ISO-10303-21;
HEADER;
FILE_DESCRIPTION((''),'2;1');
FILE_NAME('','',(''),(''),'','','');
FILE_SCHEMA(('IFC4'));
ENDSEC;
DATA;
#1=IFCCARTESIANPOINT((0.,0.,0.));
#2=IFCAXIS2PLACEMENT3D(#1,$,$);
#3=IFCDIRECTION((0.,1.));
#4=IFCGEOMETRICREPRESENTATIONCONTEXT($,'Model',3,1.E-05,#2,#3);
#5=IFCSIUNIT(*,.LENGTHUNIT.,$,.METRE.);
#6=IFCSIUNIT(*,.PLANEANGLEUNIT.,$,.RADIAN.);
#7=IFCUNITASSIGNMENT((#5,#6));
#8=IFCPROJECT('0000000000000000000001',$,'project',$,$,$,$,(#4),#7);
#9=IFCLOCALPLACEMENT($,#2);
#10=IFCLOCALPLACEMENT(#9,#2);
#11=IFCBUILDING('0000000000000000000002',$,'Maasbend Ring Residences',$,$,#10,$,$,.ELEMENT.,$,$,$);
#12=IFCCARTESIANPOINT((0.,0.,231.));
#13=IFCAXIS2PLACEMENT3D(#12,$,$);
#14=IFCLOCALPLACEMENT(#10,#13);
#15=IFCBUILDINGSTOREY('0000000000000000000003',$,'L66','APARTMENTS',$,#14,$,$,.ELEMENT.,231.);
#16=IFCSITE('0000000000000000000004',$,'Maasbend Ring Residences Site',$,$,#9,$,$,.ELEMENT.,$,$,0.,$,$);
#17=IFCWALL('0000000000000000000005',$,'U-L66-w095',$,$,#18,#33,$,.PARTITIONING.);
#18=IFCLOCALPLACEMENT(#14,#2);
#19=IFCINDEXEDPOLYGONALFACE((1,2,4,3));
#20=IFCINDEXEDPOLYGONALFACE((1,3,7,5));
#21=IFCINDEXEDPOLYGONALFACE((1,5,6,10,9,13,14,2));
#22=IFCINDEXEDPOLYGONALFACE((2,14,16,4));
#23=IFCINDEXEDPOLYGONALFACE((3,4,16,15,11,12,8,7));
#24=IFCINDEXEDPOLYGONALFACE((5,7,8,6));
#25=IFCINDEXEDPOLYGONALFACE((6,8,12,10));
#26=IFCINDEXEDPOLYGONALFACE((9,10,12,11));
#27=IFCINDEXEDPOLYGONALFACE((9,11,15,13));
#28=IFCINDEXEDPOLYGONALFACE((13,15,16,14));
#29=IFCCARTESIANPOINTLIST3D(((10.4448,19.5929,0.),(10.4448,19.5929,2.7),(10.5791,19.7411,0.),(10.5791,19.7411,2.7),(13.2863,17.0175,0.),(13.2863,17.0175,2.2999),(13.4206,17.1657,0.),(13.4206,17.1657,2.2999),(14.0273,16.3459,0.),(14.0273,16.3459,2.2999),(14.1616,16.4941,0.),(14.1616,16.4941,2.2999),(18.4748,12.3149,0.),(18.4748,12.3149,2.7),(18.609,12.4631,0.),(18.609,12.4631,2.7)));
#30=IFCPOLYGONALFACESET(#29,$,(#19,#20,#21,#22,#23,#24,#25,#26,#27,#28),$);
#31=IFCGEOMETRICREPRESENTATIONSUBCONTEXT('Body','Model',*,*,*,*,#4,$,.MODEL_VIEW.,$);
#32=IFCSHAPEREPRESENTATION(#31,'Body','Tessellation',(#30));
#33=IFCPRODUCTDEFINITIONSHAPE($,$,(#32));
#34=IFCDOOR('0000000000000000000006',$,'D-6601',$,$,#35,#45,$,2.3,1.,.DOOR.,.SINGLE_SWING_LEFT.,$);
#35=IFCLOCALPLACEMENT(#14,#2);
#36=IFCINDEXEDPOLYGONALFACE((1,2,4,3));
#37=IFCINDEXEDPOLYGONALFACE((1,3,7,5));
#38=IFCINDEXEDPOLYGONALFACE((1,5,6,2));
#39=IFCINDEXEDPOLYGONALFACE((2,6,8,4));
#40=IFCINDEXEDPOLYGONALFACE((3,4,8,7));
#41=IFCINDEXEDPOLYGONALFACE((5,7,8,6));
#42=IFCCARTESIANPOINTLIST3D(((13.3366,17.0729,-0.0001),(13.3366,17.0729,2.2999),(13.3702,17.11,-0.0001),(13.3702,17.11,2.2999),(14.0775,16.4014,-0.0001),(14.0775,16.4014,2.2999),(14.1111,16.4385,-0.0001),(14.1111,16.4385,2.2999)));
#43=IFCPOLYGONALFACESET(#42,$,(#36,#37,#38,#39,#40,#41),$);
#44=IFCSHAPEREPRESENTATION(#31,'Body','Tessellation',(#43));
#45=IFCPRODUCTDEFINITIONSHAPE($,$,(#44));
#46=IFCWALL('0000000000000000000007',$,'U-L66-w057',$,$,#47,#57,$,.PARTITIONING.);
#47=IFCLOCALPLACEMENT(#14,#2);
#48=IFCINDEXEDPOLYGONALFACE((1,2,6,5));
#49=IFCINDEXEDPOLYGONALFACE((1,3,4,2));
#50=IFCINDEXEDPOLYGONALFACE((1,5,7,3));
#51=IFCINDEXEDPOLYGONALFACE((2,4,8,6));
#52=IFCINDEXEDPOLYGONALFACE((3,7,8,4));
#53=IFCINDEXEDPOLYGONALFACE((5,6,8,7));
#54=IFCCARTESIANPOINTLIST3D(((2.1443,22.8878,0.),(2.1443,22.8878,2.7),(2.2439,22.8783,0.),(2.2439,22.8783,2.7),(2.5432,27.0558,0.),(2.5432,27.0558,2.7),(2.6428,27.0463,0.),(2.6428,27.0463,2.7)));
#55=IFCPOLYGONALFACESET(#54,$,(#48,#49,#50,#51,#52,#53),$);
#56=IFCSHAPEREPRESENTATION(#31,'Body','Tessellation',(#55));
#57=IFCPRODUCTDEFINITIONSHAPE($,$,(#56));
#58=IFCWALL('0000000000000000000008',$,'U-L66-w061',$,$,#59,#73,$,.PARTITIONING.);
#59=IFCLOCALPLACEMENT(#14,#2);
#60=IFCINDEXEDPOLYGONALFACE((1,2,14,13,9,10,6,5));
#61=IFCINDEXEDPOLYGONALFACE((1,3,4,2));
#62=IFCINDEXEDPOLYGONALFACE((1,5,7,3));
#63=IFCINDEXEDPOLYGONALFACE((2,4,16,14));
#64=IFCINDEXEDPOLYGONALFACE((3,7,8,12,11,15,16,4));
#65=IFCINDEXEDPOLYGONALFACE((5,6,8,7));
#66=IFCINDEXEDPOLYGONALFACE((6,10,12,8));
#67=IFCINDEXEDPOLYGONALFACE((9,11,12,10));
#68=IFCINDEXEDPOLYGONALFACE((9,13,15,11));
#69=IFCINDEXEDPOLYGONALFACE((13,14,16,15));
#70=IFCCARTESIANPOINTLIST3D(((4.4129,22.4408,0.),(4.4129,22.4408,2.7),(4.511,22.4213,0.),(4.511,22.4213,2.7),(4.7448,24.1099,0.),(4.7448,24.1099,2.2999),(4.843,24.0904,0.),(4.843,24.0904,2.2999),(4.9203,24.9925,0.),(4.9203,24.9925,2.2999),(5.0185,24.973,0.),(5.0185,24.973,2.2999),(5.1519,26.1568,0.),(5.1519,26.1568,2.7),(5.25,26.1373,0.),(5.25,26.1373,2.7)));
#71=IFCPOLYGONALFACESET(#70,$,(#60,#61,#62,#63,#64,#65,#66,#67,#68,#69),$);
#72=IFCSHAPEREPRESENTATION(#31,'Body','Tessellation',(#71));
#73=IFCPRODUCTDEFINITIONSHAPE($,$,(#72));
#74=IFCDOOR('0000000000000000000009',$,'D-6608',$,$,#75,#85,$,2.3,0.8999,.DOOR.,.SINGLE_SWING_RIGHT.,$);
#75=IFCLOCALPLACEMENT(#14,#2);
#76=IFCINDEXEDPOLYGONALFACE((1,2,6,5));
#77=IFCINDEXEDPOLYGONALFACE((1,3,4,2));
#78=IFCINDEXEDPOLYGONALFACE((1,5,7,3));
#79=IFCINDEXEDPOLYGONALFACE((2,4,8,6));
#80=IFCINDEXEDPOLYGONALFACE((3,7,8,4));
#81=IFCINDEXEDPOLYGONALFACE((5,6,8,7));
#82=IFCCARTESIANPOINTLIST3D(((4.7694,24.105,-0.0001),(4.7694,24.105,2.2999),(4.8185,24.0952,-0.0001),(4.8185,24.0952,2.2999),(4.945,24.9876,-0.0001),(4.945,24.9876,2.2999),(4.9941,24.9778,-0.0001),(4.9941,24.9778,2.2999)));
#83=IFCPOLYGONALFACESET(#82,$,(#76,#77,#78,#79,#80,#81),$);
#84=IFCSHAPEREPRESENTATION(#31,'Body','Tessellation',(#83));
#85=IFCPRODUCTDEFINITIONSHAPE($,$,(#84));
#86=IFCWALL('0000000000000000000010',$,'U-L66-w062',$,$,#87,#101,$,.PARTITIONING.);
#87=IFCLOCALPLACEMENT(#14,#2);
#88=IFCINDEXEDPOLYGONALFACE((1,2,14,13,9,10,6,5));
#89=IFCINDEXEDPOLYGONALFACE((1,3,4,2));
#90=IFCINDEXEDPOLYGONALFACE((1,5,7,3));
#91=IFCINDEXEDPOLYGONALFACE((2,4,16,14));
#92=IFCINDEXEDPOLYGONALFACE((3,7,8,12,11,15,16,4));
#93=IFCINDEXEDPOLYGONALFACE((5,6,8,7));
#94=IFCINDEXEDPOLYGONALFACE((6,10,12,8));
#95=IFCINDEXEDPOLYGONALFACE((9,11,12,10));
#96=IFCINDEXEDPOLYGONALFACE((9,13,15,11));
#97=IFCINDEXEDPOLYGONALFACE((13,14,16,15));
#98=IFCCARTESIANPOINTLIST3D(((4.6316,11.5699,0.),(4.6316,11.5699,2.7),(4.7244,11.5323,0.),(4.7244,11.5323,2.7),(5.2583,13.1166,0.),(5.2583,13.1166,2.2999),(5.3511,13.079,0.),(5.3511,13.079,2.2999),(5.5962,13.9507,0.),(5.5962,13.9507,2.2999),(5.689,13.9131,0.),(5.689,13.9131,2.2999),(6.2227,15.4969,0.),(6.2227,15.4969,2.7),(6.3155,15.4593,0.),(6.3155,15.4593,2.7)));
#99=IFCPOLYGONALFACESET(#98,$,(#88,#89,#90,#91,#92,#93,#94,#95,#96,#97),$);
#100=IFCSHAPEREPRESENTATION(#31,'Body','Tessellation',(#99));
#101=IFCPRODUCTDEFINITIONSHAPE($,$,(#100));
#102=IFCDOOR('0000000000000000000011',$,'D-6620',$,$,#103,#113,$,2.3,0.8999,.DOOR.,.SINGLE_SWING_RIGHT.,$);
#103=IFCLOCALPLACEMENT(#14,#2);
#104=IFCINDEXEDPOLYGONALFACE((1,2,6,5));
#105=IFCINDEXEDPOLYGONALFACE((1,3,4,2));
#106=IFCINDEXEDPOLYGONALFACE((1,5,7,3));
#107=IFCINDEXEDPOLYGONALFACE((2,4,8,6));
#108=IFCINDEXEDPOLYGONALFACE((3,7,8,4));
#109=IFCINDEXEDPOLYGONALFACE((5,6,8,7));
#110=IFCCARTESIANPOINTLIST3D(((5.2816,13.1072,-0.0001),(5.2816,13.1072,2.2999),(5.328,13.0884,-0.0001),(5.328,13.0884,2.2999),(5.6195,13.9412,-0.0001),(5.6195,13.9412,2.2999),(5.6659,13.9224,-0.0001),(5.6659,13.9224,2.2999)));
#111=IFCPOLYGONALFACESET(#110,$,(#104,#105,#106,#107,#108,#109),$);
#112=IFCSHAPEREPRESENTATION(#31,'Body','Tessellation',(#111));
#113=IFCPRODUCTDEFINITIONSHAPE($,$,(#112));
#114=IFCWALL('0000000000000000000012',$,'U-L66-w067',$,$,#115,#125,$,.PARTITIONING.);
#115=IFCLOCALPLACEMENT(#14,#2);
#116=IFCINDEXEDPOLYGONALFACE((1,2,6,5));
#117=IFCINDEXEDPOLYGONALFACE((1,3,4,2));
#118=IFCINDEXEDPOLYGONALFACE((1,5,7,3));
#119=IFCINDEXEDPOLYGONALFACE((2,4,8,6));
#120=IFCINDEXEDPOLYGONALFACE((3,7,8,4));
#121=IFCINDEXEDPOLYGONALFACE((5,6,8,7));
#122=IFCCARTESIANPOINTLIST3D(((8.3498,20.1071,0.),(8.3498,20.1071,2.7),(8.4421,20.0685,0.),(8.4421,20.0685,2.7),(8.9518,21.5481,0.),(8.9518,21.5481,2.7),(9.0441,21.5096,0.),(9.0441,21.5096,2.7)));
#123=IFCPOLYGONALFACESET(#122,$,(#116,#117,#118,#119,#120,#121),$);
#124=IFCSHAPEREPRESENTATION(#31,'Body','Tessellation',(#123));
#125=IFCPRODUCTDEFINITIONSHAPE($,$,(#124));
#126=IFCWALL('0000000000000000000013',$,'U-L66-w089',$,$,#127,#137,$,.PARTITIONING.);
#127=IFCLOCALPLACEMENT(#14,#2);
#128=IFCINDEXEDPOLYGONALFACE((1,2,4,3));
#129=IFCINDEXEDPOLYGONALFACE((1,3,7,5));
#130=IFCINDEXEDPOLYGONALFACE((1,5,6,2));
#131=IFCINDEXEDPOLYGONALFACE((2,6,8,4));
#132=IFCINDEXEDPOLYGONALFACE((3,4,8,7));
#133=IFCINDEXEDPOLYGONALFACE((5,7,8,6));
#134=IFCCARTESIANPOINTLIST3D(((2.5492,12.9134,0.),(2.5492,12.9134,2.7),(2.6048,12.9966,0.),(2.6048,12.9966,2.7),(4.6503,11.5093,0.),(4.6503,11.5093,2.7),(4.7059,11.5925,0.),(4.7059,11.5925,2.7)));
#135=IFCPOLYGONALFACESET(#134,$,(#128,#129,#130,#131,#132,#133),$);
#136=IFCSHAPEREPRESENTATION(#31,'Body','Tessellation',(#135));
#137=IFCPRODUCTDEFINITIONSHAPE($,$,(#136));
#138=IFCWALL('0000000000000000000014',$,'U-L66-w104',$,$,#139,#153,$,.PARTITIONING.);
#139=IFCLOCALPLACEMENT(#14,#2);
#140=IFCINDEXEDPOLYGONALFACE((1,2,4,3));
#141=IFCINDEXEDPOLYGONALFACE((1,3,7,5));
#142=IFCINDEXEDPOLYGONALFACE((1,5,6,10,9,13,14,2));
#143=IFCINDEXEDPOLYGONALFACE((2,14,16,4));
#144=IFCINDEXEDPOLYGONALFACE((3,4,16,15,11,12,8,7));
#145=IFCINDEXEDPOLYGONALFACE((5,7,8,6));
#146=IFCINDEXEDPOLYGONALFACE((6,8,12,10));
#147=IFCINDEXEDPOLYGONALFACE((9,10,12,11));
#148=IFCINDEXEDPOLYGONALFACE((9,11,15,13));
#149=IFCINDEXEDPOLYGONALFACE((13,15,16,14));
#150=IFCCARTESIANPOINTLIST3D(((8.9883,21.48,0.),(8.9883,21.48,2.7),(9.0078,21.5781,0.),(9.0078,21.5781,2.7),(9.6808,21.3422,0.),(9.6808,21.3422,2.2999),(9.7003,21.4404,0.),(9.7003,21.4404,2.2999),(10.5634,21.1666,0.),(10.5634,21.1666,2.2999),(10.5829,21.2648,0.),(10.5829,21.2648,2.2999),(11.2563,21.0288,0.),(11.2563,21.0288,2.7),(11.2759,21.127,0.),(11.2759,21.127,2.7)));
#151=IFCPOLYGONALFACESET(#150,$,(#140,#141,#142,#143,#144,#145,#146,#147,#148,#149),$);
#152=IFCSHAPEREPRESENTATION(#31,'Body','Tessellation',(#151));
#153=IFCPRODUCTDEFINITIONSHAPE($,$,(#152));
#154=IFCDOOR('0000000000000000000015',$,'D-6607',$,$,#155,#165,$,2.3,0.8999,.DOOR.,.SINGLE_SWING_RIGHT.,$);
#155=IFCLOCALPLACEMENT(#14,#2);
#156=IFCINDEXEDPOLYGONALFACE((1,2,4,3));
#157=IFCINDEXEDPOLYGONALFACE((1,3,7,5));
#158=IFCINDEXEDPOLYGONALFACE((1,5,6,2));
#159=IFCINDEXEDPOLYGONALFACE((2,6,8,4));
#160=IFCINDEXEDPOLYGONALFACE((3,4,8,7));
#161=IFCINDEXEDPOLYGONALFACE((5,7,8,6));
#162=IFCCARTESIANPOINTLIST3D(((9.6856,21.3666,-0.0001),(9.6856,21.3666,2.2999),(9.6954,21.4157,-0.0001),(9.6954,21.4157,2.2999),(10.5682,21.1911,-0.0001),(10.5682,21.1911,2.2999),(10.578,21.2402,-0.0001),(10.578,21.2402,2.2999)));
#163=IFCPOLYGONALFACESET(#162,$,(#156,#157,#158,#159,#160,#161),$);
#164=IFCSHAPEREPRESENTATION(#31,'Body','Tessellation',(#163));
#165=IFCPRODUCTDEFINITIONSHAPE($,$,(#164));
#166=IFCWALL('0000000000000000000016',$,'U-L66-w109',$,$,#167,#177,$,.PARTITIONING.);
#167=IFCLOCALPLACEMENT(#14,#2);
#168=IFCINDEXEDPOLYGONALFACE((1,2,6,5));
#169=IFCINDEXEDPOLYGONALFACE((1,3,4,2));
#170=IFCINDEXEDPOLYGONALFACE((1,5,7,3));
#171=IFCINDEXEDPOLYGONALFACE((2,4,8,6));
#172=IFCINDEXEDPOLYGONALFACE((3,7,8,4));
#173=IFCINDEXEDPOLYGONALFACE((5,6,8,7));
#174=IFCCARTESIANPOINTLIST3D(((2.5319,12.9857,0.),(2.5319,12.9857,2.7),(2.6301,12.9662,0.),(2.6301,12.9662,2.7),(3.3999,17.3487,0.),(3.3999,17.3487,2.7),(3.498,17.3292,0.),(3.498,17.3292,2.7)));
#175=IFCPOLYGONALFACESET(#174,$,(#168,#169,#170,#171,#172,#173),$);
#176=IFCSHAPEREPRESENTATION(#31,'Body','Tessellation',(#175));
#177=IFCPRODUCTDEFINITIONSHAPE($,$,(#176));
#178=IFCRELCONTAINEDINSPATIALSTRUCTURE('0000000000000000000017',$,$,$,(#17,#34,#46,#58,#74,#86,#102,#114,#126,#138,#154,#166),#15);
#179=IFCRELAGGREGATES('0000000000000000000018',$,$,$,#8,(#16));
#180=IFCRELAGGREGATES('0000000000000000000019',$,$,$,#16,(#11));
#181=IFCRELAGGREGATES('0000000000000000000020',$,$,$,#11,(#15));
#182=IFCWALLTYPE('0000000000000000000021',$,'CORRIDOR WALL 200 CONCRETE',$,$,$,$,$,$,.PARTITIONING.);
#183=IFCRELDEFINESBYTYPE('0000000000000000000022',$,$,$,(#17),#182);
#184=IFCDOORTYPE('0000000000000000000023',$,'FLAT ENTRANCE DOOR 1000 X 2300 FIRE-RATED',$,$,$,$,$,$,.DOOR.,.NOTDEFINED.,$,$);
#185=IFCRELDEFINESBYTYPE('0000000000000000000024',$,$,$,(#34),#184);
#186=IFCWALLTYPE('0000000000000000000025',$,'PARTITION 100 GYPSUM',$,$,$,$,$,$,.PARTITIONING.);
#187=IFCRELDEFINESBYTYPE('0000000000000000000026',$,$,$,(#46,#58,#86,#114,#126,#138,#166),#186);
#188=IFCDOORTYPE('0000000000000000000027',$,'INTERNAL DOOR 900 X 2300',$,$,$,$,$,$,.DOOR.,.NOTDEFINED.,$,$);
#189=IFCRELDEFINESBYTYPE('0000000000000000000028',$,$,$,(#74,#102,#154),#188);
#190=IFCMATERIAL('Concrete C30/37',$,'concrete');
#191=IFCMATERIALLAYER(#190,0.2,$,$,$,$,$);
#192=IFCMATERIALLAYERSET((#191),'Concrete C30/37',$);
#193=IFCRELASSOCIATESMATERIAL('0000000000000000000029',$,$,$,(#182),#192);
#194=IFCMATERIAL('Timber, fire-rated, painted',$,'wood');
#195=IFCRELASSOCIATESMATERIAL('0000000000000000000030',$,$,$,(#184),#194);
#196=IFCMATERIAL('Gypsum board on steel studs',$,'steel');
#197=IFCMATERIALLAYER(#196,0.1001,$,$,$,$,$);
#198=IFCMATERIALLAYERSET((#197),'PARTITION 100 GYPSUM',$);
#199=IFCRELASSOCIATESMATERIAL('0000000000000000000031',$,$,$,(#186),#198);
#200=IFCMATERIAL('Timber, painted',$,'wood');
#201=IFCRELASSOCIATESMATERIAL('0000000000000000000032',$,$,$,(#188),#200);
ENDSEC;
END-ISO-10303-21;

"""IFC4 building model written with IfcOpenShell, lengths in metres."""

from ifc_helpers import new_model, si_unit, direction, frame, frame_2d, origin, place, context, subcontext, project, spatial, rectangle, extrude, material, layer, layer_set, type_object, element, fill, save


model = new_model("IFC4")

# Units and contexts
model_context = context("Model", 3, precision=1e-05, world=origin(), true_north=direction((0.0, 1.0)))
body_context = subcontext(model_context, "Body", "Model", "MODEL_VIEW")
ifc_project = project(units=[si_unit("LENGTHUNIT", "METRE"), si_unit("PLANEANGLEUNIT", "RADIAN")], contexts=[model_context])

# Site, building, storey
site_placement = place(None, origin())
site = spatial("IfcSite", under=ifc_project, at=site_placement, Name="Maasbend Ring Residences Site", CompositionType="ELEMENT", RefElevation=0.0)
building_placement = place(site_placement, origin())
building = spatial("IfcBuilding", under=site, at=building_placement, Name="Maasbend Ring Residences", CompositionType="ELEMENT")
storey_placement = place(building_placement, frame((0.0, 0.0, 231.0)))
storey = spatial("IfcBuildingStorey", under=building, at=storey_placement, Name="L66", Description="APARTMENTS", CompositionType="ELEMENT", Elevation=231.0)

# Wall, opening, door
ifc_material_1 = material(Name="Concrete C30/37", Category="concrete")
ifc_layer_1 = layer(ifc_material_1, 0.2)
ifc_layer_set_1 = layer_set([ifc_layer_1], Name="Concrete C30/37")
wall_type_1 = type_object("IfcWallType", Name="CORRIDOR WALL 200 CONCRETE", PredefinedType="PARTITIONING", material=ifc_layer_set_1)
ifc_material_2 = material(Name="Timber, fire-rated, painted", Category="wood")
door_type_1 = type_object("IfcDoorType", Name="FLAT ENTRANCE DOOR 1000 X 2300 FIRE-RATED", OperationType="NOTDEFINED", PredefinedType="DOOR", material=ifc_material_2)
wall_1_placement = place(storey_placement, frame((10.512, 19.667, 0.0), z_axis=(0.0, 0.0, 1.0), x_axis=(0.740947, -0.671563, 0.0)))
wall_1 = element("IfcWall", 1, at=wall_1_placement, inside=storey, type_object=wall_type_1, Name="U-L66-w095", PredefinedType="PARTITIONING", context=body_context, shape_type="SweptSolid", body=[
    extrude(rectangle(XDim=10.8374, YDim=0.2, at=frame_2d((5.4187, 0.0))), origin(), (0.0, 0.0, 1.0), 2.7),
])
opening_1_placement = place(wall_1_placement, frame((3.835, 0.0, 0.0)))
opening_1 = element("IfcOpeningElement", 2, at=opening_1_placement, cuts=wall_1, PredefinedType="OPENING", context=body_context, shape_type="SweptSolid", body=[
    extrude(rectangle(XDim=1.0, YDim=2.3, at=frame_2d((0.5, 1.1499))), frame((0.0, 0.1099, 0.0), z_axis=(0.0, -1.0, 0.0), x_axis=(1.0, 0.0, 0.0)), (0.0, 0.0, 1.0), 0.22),
])
door_1_placement = place(opening_1_placement, origin())
door_1 = element("IfcDoor", 3, at=door_1_placement, inside=storey, type_object=door_type_1, Name="D-6601", OperationType="SINGLE_SWING_LEFT", OverallHeight=2.3, OverallWidth=1.0, PredefinedType="DOOR", context=body_context, shape_type="SweptSolid", body=[
    extrude(rectangle(XDim=1.0, YDim=2.3, at=frame_2d((0.5, 1.1499))), frame((0.0, 0.0249, 0.0), z_axis=(0.0, -1.0, 0.0), x_axis=(1.0, 0.0, 0.0)), (0.0, 0.0, 1.0), 0.05),
])
fill(opening_1, door_1)

# Wall
ifc_material_3 = material(Name="Gypsum board on steel studs", Category="steel")
ifc_layer_2 = layer(ifc_material_3, 0.1001)
ifc_layer_set_2 = layer_set([ifc_layer_2], Name="PARTITION 100 GYPSUM")
wall_type_2 = type_object("IfcWallType", Name="PARTITION 100 GYPSUM", PredefinedType="PARTITIONING", material=ifc_layer_set_2)
wall_2_placement = place(storey_placement, frame((2.1941, 22.8831, 0.0), z_axis=(0.0, 0.0, 1.0), x_axis=(0.095277, 0.995451, 0.0)))
element("IfcWall", 4, at=wall_2_placement, inside=storey, type_object=wall_type_2, Name="U-L66-w057", PredefinedType="PARTITIONING", context=body_context, shape_type="SweptSolid", body=[
    extrude(rectangle(XDim=4.187, YDim=0.1001, at=frame_2d((2.0935, 0.0))), origin(), (0.0, 0.0, 1.0), 2.7),
])

# Walls, openings, doors
wall_3_placement = place(storey_placement, frame((4.4619, 22.4309, 0.0), z_axis=(0.0, 0.0, 1.0), x_axis=(0.19505, 0.980793, 0.0)))
wall_3 = element("IfcWall", 5, at=wall_3_placement, inside=storey, type_object=wall_type_2, Name="U-L66-w061", PredefinedType="PARTITIONING", context=body_context, shape_type="SweptSolid", body=[
    extrude(rectangle(XDim=3.7888, YDim=0.1001, at=frame_2d((1.8945, 0.0))), origin(), (0.0, 0.0, 1.0), 2.7),
])
opening_2_placement = place(wall_3_placement, frame((1.7019, 0.0, 0.0)))
opening_2 = element("IfcOpeningElement", 6, at=opening_2_placement, cuts=wall_3, PredefinedType="OPENING", context=body_context, shape_type="SweptSolid", body=[
    extrude(rectangle(XDim=0.8999, YDim=2.3, at=frame_2d((0.45, 1.1499))), frame((0.0, 0.0601, 0.0), z_axis=(0.0, -1.0, 0.0), x_axis=(1.0, 0.0, 0.0)), (0.0, 0.0, 1.0), 0.1201),
])
ifc_material_4 = material(Name="Timber, painted", Category="wood")
door_type_2 = type_object("IfcDoorType", Name="INTERNAL DOOR 900 X 2300", OperationType="NOTDEFINED", PredefinedType="DOOR", material=ifc_material_4)
door_2_placement = place(opening_2_placement, origin())
door_2 = element("IfcDoor", 7, at=door_2_placement, inside=storey, type_object=door_type_2, Name="D-6608", OperationType="SINGLE_SWING_RIGHT", OverallHeight=2.3, OverallWidth=0.8999, PredefinedType="DOOR", context=body_context, shape_type="SweptSolid", body=[
    extrude(rectangle(XDim=0.8999, YDim=2.3, at=frame_2d((0.45, 1.1499))), frame((0.0, 0.0249, 0.0), z_axis=(0.0, -1.0, 0.0), x_axis=(1.0, 0.0, 0.0)), (0.0, 0.0, 1.0), 0.05),
])
fill(opening_2, door_2)
wall_4_placement = place(storey_placement, frame((4.678, 11.551, 0.0), z_axis=(0.0, 0.0, 1.0), x_axis=(0.37551, 0.926818, 0.0)))
wall_4 = element("IfcWall", 8, at=wall_4_placement, inside=storey, type_object=wall_type_2, Name="U-L66-w062", PredefinedType="PARTITIONING", context=body_context, shape_type="SweptSolid", body=[
    extrude(rectangle(XDim=4.2371, YDim=0.1001, at=frame_2d((2.1187, 0.0))), origin(), (0.0, 0.0, 1.0), 2.7),
])
opening_3_placement = place(wall_4_placement, frame((1.6689, 0.0, 0.0)))
opening_3 = element("IfcOpeningElement", 9, at=opening_3_placement, cuts=wall_4, PredefinedType="OPENING", context=body_context, shape_type="SweptSolid", body=[
    extrude(rectangle(XDim=0.8999, YDim=2.3, at=frame_2d((0.45, 1.1499))), frame((0.0, 0.0601, 0.0), z_axis=(0.0, -1.0, 0.0), x_axis=(1.0, 0.0, 0.0)), (0.0, 0.0, 1.0), 0.1201),
])
door_3_placement = place(opening_3_placement, origin())
door_3 = element("IfcDoor", 10, at=door_3_placement, inside=storey, type_object=door_type_2, Name="D-6620", OperationType="SINGLE_SWING_RIGHT", OverallHeight=2.3, OverallWidth=0.8999, PredefinedType="DOOR", context=body_context, shape_type="SweptSolid", body=[
    extrude(rectangle(XDim=0.8999, YDim=2.3, at=frame_2d((0.45, 1.1499))), frame((0.0, 0.0249, 0.0), z_axis=(0.0, -1.0, 0.0), x_axis=(1.0, 0.0, 0.0)), (0.0, 0.0, 1.0), 0.05),
])
fill(opening_3, door_3)

# Walls
wall_5_placement = place(storey_placement, frame((8.396, 20.0879, 0.0), z_axis=(0.0, 0.0, 1.0), x_axis=(0.38547, 0.92272, 0.0)))
element("IfcWall", 11, at=wall_5_placement, inside=storey, type_object=wall_type_2, Name="U-L66-w067", PredefinedType="PARTITIONING", context=body_context, shape_type="SweptSolid", body=[
    extrude(rectangle(XDim=1.5618, YDim=0.1001, at=frame_2d((0.7808, 0.0))), origin(), (0.0, 0.0, 1.0), 2.7),
])
wall_6_placement = place(storey_placement, frame((2.5769, 12.9551, 0.0), z_axis=(0.0, 0.0, 1.0), x_axis=(0.83144, -0.555614, 0.0)))
element("IfcWall", 12, at=wall_6_placement, inside=storey, type_object=wall_type_2, Name="U-L66-w089", PredefinedType="PARTITIONING", context=body_context, shape_type="SweptSolid", body=[
    extrude(rectangle(XDim=2.5271, YDim=0.1001, at=frame_2d((1.2637, 0.0))), origin(), (0.0, 0.0, 1.0), 2.7),
])

# Wall, opening, door
wall_7_placement = place(storey_placement, frame((8.998, 21.5291, 0.0), z_axis=(0.0, 0.0, 1.0), x_axis=(0.980783, -0.195101, 0.0)))
wall_7 = element("IfcWall", 13, at=wall_7_placement, inside=storey, type_object=wall_type_2, Name="U-L66-w104", PredefinedType="PARTITIONING", context=body_context, shape_type="SweptSolid", body=[
    extrude(rectangle(XDim=2.3125, YDim=0.1001, at=frame_2d((1.1562, 0.0))), origin(), (0.0, 0.0, 1.0), 2.7),
])
opening_4_placement = place(wall_7_placement, frame((0.7061, 0.0, 0.0)))
opening_4 = element("IfcOpeningElement", 14, at=opening_4_placement, cuts=wall_7, PredefinedType="OPENING", context=body_context, shape_type="SweptSolid", body=[
    extrude(rectangle(XDim=0.8999, YDim=2.3, at=frame_2d((0.45, 1.1499))), frame((0.0, 0.0601, 0.0), z_axis=(0.0, -1.0, 0.0), x_axis=(1.0, 0.0, 0.0)), (0.0, 0.0, 1.0), 0.1201),
])
door_4_placement = place(opening_4_placement, origin())
door_4 = element("IfcDoor", 15, at=door_4_placement, inside=storey, type_object=door_type_2, Name="D-6607", OperationType="SINGLE_SWING_RIGHT", OverallHeight=2.3, OverallWidth=0.8999, PredefinedType="DOOR", context=body_context, shape_type="SweptSolid", body=[
    extrude(rectangle(XDim=0.8999, YDim=2.3, at=frame_2d((0.45, 1.1499))), frame((0.0, 0.0249, 0.0), z_axis=(0.0, -1.0, 0.0), x_axis=(1.0, 0.0, 0.0)), (0.0, 0.0, 1.0), 0.05),
])
fill(opening_4, door_4)

# Wall
wall_8_placement = place(storey_placement, frame((2.5811, 12.9761, 0.0), z_axis=(0.0, 0.0, 1.0), x_axis=(0.195103, 0.980783, 0.0)))
element("IfcWall", 16, at=wall_8_placement, inside=storey, type_object=wall_type_2, Name="U-L66-w109", PredefinedType="PARTITIONING", context=body_context, shape_type="SweptSolid", body=[
    extrude(rectangle(XDim=4.4485, YDim=0.1001, at=frame_2d((2.2241, 0.0))), origin(), (0.0, 0.0, 1.0), 2.7),
])

save(model, "model.ifc")
